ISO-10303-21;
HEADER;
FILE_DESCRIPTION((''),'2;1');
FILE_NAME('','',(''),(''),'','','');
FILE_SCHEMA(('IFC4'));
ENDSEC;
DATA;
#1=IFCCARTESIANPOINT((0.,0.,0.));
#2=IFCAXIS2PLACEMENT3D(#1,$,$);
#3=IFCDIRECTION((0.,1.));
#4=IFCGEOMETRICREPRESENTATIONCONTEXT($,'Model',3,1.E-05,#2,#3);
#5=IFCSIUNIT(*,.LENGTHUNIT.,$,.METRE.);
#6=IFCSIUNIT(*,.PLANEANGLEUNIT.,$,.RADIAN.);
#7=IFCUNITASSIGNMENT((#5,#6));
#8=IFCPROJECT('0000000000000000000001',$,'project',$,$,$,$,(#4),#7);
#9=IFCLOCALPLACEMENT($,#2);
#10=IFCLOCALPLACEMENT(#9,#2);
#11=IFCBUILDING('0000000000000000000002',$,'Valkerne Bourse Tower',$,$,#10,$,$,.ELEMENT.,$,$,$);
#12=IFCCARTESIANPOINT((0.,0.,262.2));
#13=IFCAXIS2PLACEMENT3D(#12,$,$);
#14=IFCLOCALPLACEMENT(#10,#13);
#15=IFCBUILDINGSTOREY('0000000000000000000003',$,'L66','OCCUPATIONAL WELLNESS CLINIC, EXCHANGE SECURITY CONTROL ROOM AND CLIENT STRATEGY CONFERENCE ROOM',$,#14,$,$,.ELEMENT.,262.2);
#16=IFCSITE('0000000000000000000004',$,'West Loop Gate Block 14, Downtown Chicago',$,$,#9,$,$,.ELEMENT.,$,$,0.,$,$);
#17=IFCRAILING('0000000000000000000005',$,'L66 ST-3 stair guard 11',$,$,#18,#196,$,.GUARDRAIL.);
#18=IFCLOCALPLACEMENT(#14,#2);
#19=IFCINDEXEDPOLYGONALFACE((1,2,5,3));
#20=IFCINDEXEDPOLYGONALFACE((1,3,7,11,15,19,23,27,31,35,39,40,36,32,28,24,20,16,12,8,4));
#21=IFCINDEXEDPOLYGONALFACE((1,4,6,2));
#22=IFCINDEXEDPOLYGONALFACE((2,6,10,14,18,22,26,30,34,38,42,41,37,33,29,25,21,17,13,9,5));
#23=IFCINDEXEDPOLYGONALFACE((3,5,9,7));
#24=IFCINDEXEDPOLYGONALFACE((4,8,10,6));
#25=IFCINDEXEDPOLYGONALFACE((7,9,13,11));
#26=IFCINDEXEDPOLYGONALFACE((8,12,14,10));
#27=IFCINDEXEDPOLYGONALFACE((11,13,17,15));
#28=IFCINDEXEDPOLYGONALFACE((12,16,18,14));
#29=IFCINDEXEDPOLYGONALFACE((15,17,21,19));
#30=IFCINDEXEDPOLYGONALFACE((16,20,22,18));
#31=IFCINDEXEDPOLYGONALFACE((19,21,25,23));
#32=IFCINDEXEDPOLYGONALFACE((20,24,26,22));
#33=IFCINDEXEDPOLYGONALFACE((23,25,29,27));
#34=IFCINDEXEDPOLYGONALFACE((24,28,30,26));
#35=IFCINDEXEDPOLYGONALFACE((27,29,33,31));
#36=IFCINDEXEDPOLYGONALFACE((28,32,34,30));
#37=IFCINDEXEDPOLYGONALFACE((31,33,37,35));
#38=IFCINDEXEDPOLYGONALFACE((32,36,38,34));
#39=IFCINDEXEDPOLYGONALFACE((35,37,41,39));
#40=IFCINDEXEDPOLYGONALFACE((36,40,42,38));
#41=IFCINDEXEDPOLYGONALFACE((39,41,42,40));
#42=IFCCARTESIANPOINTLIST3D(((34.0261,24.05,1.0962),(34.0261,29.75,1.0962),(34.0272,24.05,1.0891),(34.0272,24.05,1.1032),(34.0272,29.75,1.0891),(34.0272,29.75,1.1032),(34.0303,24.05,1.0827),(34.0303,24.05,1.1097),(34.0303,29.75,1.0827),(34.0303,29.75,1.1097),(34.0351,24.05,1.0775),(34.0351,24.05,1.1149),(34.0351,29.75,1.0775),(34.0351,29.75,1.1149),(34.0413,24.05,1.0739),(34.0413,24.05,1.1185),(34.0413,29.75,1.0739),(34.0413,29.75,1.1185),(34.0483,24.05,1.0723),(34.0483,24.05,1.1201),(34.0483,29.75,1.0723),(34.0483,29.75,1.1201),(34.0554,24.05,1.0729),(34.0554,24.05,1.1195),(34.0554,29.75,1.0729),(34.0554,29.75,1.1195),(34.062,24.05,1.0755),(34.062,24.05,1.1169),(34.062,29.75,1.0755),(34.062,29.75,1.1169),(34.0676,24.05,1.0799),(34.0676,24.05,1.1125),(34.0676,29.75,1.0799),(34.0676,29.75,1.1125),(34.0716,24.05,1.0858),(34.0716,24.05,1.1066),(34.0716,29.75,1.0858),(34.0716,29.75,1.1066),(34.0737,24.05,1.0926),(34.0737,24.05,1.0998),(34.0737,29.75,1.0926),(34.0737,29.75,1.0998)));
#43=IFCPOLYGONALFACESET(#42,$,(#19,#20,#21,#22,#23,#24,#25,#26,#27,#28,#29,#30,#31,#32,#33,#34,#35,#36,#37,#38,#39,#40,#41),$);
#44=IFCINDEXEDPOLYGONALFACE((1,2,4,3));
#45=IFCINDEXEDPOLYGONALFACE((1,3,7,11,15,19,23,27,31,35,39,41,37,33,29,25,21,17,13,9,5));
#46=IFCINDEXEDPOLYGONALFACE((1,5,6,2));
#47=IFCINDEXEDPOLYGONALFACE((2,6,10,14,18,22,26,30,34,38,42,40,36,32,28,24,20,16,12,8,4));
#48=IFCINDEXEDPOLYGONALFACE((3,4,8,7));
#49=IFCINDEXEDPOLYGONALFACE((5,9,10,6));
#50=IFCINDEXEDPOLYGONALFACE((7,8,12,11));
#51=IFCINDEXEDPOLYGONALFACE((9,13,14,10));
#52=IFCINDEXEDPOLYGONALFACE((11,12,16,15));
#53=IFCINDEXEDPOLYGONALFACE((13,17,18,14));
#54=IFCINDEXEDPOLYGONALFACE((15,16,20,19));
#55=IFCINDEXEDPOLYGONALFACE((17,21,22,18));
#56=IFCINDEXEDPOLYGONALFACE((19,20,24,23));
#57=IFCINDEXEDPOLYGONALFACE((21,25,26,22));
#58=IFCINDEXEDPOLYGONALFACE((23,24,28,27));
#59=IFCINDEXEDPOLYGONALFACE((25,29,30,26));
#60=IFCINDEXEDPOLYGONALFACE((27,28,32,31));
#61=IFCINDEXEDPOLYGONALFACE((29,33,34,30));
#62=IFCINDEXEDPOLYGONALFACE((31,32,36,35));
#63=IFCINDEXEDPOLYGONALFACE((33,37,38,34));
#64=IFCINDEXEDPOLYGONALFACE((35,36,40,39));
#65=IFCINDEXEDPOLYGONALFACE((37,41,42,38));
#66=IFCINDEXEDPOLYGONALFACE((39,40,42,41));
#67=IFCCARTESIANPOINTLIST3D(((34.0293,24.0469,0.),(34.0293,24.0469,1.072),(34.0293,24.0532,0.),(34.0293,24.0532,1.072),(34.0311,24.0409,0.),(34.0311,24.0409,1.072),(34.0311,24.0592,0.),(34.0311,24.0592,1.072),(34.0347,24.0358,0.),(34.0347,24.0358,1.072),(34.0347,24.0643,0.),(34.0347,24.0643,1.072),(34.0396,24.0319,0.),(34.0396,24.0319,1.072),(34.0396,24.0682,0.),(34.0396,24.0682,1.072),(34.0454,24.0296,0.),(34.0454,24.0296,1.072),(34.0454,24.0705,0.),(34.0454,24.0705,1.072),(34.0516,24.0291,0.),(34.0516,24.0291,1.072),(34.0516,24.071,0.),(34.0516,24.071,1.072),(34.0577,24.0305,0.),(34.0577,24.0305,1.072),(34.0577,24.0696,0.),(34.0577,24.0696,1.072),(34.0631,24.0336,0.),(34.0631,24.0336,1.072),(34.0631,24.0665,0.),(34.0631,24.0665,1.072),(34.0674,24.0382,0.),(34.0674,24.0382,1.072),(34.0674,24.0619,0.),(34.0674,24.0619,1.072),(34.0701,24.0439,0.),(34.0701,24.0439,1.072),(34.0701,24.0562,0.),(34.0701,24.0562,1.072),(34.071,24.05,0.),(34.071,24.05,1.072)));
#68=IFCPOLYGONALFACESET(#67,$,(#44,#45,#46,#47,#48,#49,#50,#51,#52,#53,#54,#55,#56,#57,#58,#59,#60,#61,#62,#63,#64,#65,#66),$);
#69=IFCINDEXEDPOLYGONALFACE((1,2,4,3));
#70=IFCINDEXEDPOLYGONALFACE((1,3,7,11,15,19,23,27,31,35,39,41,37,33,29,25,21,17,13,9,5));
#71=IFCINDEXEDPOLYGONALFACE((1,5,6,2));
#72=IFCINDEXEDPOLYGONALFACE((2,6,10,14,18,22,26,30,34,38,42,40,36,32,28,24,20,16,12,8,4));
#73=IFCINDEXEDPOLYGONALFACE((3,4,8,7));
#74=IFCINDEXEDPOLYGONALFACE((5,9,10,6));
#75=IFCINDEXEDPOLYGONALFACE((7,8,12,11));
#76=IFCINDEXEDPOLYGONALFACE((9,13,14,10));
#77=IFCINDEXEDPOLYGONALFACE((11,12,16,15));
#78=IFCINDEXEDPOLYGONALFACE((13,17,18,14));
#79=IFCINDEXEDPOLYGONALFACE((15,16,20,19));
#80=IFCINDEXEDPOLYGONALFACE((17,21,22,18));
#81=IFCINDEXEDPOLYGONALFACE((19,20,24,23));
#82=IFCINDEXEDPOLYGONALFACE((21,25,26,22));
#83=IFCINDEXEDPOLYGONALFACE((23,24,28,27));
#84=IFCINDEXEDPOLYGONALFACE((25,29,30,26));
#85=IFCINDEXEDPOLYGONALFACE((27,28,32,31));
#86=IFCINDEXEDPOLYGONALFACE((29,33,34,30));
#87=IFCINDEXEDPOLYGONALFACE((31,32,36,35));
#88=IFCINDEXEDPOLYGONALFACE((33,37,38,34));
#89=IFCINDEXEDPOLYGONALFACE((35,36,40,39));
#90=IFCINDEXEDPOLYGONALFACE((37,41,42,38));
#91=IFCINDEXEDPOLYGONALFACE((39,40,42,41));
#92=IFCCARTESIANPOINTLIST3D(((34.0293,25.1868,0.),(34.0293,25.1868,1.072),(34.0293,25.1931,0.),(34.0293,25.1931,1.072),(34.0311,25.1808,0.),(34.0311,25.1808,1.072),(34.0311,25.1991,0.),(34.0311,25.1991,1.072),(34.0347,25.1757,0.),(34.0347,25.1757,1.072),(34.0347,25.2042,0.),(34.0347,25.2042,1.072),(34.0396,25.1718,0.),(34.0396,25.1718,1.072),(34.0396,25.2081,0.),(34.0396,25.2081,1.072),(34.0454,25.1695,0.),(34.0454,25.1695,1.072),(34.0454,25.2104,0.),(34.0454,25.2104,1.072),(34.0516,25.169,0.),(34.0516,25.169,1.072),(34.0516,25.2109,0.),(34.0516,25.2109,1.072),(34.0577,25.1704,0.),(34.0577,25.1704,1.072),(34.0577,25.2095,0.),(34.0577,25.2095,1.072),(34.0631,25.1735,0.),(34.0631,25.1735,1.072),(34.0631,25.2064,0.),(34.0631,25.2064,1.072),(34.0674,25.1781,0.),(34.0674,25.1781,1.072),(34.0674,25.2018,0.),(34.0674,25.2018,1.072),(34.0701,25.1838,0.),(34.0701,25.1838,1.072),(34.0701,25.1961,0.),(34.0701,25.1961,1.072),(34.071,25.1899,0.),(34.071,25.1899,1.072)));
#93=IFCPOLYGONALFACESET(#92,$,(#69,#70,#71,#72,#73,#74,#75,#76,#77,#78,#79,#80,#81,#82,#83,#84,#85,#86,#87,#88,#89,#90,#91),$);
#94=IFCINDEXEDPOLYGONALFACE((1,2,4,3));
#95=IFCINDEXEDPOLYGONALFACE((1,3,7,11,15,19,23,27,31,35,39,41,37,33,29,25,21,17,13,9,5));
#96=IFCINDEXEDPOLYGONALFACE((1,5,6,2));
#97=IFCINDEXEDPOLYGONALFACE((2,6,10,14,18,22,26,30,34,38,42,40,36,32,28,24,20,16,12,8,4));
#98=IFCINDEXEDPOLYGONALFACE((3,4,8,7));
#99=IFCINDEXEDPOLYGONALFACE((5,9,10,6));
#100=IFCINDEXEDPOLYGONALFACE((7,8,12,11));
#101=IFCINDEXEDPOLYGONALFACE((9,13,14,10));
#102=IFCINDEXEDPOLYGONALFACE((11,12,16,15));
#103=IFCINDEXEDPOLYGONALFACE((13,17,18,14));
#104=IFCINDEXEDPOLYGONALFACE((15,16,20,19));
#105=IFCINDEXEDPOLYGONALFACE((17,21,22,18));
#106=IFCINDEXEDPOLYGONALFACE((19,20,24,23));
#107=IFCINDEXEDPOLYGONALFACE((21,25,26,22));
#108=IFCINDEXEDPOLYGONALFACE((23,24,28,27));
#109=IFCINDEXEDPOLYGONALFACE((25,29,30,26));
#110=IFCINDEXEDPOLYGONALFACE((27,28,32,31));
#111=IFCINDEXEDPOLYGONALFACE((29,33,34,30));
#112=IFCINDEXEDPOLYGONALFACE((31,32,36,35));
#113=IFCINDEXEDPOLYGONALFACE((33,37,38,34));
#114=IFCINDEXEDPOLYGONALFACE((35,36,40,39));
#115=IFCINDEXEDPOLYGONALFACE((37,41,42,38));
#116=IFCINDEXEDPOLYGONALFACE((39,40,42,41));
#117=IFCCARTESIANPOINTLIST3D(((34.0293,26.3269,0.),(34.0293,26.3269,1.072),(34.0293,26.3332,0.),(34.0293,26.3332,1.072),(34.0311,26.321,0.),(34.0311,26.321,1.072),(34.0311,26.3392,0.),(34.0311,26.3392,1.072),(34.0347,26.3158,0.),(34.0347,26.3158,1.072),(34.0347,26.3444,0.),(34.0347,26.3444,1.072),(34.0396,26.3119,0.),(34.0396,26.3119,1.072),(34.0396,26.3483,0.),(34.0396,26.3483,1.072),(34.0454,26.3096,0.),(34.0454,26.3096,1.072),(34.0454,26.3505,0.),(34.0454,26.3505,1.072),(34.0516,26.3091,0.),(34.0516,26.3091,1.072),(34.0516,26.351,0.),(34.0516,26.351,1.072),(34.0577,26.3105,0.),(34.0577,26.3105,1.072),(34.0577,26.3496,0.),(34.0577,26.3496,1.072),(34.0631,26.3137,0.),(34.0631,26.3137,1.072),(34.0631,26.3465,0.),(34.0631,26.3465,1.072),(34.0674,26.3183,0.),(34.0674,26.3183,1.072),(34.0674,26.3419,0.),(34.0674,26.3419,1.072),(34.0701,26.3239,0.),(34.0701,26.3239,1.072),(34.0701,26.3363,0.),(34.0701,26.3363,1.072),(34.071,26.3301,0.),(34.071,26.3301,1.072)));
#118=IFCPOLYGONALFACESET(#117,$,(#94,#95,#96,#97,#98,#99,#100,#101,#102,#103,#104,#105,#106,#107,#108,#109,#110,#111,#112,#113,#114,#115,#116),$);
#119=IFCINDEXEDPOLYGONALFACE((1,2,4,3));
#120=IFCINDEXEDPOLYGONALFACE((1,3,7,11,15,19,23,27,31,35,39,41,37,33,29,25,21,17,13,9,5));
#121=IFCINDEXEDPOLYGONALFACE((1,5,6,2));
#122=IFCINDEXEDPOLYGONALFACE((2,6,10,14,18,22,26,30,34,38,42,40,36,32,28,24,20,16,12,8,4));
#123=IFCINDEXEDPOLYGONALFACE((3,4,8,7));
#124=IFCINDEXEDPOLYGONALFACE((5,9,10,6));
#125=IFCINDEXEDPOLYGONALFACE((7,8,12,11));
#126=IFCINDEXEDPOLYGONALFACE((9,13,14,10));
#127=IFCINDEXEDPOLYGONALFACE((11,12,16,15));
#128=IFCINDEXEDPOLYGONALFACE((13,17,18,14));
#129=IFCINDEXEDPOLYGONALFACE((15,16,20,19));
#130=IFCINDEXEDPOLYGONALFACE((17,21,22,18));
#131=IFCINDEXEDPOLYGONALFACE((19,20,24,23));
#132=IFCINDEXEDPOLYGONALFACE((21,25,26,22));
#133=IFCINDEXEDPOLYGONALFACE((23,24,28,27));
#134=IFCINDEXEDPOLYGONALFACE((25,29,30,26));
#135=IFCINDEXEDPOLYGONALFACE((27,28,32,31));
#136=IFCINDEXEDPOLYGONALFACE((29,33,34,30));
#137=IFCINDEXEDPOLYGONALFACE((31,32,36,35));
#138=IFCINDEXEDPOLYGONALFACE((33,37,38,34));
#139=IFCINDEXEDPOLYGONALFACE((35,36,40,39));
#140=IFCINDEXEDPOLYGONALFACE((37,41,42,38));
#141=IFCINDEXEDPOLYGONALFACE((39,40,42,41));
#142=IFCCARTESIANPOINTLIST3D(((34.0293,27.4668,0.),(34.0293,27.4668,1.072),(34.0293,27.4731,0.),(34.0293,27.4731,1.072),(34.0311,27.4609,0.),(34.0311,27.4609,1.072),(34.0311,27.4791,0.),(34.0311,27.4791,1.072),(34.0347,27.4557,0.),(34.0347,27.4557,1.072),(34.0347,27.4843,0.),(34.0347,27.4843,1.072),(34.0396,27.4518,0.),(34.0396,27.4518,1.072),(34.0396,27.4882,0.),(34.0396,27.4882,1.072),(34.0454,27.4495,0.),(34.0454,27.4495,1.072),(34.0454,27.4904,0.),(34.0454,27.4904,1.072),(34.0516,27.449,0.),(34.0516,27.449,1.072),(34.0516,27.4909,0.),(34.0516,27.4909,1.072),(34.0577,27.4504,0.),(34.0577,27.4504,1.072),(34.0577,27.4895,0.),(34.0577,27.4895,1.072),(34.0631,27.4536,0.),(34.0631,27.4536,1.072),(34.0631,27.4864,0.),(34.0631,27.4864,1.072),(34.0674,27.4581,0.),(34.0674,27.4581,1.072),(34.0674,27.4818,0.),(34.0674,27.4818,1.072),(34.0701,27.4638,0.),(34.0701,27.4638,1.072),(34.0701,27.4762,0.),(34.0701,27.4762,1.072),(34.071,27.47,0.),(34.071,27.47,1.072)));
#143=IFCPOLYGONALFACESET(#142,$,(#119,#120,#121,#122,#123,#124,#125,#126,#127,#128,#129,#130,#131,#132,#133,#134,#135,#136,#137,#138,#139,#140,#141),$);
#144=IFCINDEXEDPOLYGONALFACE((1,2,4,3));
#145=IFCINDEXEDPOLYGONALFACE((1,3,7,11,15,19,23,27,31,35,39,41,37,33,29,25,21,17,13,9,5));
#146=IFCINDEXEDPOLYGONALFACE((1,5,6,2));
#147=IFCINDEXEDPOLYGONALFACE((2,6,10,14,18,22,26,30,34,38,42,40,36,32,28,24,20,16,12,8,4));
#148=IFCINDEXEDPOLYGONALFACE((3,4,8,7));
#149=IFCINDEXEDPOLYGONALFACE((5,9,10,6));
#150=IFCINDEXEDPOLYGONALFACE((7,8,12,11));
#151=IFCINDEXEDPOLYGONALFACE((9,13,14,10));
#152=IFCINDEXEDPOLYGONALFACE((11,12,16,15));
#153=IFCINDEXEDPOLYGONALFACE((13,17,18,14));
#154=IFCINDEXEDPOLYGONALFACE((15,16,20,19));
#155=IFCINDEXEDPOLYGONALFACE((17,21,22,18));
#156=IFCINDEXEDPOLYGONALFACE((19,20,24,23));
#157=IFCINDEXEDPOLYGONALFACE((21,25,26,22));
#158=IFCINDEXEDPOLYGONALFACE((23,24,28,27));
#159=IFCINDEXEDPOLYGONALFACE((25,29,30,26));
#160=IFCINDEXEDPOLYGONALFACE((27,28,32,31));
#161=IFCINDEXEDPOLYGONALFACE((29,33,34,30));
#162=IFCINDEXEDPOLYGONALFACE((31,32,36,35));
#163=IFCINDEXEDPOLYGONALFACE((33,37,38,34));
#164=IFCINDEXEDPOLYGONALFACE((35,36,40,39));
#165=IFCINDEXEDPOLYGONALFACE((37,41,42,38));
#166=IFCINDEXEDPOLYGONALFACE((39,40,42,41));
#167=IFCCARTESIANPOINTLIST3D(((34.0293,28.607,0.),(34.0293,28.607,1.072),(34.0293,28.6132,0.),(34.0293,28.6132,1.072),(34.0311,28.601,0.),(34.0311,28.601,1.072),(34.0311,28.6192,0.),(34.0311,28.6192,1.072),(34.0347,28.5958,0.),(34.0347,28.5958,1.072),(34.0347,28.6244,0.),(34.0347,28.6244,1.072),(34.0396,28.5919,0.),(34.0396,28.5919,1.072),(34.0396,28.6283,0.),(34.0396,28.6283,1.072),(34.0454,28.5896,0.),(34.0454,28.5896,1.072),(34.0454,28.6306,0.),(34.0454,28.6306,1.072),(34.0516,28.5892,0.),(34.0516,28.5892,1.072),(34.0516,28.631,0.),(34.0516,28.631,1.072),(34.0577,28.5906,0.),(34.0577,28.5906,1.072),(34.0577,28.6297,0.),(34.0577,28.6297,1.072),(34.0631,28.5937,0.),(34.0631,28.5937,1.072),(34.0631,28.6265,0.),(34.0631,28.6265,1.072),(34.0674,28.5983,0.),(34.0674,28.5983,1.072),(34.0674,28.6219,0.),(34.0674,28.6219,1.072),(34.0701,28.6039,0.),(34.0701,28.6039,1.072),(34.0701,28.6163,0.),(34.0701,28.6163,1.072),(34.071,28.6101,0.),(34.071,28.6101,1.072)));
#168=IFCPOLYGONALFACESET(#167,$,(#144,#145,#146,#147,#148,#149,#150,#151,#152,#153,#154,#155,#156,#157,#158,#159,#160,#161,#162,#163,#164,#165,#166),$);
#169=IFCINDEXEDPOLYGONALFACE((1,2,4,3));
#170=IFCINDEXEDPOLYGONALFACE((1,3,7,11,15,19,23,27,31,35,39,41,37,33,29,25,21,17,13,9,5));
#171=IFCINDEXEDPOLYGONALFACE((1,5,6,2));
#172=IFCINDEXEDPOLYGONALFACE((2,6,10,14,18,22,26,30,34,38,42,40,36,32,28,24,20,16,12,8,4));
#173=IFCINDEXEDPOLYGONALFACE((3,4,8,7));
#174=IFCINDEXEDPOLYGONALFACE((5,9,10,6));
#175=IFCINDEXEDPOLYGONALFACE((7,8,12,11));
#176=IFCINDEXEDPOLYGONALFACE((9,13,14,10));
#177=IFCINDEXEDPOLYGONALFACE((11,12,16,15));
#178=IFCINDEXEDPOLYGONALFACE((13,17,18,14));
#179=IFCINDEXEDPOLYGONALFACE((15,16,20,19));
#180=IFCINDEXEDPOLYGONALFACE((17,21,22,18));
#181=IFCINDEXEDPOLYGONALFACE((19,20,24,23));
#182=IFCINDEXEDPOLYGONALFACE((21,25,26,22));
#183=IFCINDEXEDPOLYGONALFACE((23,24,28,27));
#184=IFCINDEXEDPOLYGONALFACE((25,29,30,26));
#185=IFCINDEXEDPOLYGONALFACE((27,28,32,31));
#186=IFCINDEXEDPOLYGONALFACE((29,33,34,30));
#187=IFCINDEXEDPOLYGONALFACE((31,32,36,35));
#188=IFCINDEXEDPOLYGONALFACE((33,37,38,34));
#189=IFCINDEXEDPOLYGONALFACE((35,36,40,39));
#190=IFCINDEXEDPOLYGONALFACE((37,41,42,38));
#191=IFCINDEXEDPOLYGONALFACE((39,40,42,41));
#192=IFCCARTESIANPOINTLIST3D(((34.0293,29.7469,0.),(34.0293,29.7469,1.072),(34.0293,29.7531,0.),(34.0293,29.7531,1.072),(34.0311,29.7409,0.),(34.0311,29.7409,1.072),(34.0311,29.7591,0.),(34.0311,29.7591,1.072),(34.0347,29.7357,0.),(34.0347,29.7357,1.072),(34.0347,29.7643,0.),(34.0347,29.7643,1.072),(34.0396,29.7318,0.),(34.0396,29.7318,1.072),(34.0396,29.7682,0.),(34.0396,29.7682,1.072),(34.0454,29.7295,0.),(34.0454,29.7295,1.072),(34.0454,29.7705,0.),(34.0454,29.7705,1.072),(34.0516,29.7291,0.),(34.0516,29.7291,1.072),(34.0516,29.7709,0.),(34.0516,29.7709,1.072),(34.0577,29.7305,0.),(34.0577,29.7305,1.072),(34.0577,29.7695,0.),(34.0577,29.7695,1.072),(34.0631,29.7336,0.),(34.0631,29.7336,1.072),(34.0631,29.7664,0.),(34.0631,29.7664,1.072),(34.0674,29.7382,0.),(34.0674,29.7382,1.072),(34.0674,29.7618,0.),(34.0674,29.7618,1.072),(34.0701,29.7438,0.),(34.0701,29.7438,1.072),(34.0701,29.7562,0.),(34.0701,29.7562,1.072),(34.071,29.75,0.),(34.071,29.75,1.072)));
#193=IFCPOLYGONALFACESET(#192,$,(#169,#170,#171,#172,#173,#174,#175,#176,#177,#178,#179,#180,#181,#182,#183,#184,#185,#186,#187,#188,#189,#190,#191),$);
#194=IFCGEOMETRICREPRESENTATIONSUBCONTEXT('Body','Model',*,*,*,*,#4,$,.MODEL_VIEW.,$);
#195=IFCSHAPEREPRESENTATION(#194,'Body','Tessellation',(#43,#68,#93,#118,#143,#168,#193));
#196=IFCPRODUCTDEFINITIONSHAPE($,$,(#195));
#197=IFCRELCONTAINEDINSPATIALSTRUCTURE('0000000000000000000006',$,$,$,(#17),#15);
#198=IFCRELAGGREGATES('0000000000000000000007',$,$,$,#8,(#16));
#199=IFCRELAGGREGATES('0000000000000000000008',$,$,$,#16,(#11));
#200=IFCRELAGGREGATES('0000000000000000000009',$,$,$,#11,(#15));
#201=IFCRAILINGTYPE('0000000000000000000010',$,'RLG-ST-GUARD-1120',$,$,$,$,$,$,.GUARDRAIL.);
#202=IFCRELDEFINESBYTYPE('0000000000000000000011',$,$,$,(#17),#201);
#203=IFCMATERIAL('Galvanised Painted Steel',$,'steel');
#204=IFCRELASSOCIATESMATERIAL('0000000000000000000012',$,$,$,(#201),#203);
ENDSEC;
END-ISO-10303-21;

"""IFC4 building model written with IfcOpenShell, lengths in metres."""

from ifc_helpers import new_model, si_unit, direction, frame, origin, origin_2d, place, context, subcontext, project, spatial, circle, extrude, material, type_object, element, save


model = new_model("IFC4")

# Units and contexts
model_context = context("Model", 3, precision=1e-05, world=origin(), true_north=direction((0.0, 1.0)))
body_context = subcontext(model_context, "Body", "Model", "MODEL_VIEW")
ifc_project = project(units=[si_unit("LENGTHUNIT", "METRE"), si_unit("PLANEANGLEUNIT", "RADIAN")], contexts=[model_context])

# Site, building, storey
site_placement = place(None, origin())
site = spatial("IfcSite", under=ifc_project, at=site_placement, Name="West Loop Gate Block 14, Downtown Chicago", CompositionType="ELEMENT", RefElevation=0.0)
building_placement = place(site_placement, origin())
building = spatial("IfcBuilding", under=site, at=building_placement, Name="Valkerne Bourse Tower", CompositionType="ELEMENT")
storey_placement = place(building_placement, frame((0.0, 0.0, 262.2)))
storey = spatial("IfcBuildingStorey", under=building, at=storey_placement, Name="L66", Description="OCCUPATIONAL WELLNESS CLINIC, EXCHANGE SECURITY CONTROL ROOM AND CLIENT STRATEGY CONFERENCE ROOM", CompositionType="ELEMENT", Elevation=262.2)

# Shared definitions
ifc_material_1 = material(Name="Galvanised Painted Steel", Category="steel")

# Railing
railing_type_1 = type_object("IfcRailingType", Name="RLG-ST-GUARD-1120", PredefinedType="GUARDRAIL", material=ifc_material_1)
railing_1_placement = place(storey_placement, frame((34.05, 24.05, 0.0)))
element("IfcRailing", 1, at=railing_1_placement, inside=storey, type_object=railing_type_1, Name="L66 ST-3 stair guard 11", PredefinedType="GUARDRAIL", context=body_context, shape_type="SweptSolid", body=[
    extrude(circle(Radius=0.0239, at=origin_2d()), frame((0.0, 0.0, 1.0962), z_axis=(0.0, 1.0, 0.0), x_axis=(-1.0, 0.0, 0.0)), (0.0, 0.0, 1.0), 5.7),
    extrude(circle(Radius=0.021, at=origin_2d()), origin(), (0.0, 0.0, 1.0), 1.072),
    extrude(circle(Radius=0.021, at=origin_2d()), frame((0.0, 1.1399, 0.0)), (0.0, 0.0, 1.0), 1.072),
    extrude(circle(Radius=0.021, at=origin_2d()), frame((0.0, 2.28, 0.0)), (0.0, 0.0, 1.0), 1.072),
    extrude(circle(Radius=0.021, at=origin_2d()), frame((0.0, 3.4199, 0.0)), (0.0, 0.0, 1.0), 1.072),
    extrude(circle(Radius=0.021, at=origin_2d()), frame((0.0, 4.5601, 0.0)), (0.0, 0.0, 1.0), 1.072),
    extrude(circle(Radius=0.021, at=origin_2d()), frame((0.0, 5.7, 0.0)), (0.0, 0.0, 1.0), 1.072),
])

save(model, "model.ifc")
